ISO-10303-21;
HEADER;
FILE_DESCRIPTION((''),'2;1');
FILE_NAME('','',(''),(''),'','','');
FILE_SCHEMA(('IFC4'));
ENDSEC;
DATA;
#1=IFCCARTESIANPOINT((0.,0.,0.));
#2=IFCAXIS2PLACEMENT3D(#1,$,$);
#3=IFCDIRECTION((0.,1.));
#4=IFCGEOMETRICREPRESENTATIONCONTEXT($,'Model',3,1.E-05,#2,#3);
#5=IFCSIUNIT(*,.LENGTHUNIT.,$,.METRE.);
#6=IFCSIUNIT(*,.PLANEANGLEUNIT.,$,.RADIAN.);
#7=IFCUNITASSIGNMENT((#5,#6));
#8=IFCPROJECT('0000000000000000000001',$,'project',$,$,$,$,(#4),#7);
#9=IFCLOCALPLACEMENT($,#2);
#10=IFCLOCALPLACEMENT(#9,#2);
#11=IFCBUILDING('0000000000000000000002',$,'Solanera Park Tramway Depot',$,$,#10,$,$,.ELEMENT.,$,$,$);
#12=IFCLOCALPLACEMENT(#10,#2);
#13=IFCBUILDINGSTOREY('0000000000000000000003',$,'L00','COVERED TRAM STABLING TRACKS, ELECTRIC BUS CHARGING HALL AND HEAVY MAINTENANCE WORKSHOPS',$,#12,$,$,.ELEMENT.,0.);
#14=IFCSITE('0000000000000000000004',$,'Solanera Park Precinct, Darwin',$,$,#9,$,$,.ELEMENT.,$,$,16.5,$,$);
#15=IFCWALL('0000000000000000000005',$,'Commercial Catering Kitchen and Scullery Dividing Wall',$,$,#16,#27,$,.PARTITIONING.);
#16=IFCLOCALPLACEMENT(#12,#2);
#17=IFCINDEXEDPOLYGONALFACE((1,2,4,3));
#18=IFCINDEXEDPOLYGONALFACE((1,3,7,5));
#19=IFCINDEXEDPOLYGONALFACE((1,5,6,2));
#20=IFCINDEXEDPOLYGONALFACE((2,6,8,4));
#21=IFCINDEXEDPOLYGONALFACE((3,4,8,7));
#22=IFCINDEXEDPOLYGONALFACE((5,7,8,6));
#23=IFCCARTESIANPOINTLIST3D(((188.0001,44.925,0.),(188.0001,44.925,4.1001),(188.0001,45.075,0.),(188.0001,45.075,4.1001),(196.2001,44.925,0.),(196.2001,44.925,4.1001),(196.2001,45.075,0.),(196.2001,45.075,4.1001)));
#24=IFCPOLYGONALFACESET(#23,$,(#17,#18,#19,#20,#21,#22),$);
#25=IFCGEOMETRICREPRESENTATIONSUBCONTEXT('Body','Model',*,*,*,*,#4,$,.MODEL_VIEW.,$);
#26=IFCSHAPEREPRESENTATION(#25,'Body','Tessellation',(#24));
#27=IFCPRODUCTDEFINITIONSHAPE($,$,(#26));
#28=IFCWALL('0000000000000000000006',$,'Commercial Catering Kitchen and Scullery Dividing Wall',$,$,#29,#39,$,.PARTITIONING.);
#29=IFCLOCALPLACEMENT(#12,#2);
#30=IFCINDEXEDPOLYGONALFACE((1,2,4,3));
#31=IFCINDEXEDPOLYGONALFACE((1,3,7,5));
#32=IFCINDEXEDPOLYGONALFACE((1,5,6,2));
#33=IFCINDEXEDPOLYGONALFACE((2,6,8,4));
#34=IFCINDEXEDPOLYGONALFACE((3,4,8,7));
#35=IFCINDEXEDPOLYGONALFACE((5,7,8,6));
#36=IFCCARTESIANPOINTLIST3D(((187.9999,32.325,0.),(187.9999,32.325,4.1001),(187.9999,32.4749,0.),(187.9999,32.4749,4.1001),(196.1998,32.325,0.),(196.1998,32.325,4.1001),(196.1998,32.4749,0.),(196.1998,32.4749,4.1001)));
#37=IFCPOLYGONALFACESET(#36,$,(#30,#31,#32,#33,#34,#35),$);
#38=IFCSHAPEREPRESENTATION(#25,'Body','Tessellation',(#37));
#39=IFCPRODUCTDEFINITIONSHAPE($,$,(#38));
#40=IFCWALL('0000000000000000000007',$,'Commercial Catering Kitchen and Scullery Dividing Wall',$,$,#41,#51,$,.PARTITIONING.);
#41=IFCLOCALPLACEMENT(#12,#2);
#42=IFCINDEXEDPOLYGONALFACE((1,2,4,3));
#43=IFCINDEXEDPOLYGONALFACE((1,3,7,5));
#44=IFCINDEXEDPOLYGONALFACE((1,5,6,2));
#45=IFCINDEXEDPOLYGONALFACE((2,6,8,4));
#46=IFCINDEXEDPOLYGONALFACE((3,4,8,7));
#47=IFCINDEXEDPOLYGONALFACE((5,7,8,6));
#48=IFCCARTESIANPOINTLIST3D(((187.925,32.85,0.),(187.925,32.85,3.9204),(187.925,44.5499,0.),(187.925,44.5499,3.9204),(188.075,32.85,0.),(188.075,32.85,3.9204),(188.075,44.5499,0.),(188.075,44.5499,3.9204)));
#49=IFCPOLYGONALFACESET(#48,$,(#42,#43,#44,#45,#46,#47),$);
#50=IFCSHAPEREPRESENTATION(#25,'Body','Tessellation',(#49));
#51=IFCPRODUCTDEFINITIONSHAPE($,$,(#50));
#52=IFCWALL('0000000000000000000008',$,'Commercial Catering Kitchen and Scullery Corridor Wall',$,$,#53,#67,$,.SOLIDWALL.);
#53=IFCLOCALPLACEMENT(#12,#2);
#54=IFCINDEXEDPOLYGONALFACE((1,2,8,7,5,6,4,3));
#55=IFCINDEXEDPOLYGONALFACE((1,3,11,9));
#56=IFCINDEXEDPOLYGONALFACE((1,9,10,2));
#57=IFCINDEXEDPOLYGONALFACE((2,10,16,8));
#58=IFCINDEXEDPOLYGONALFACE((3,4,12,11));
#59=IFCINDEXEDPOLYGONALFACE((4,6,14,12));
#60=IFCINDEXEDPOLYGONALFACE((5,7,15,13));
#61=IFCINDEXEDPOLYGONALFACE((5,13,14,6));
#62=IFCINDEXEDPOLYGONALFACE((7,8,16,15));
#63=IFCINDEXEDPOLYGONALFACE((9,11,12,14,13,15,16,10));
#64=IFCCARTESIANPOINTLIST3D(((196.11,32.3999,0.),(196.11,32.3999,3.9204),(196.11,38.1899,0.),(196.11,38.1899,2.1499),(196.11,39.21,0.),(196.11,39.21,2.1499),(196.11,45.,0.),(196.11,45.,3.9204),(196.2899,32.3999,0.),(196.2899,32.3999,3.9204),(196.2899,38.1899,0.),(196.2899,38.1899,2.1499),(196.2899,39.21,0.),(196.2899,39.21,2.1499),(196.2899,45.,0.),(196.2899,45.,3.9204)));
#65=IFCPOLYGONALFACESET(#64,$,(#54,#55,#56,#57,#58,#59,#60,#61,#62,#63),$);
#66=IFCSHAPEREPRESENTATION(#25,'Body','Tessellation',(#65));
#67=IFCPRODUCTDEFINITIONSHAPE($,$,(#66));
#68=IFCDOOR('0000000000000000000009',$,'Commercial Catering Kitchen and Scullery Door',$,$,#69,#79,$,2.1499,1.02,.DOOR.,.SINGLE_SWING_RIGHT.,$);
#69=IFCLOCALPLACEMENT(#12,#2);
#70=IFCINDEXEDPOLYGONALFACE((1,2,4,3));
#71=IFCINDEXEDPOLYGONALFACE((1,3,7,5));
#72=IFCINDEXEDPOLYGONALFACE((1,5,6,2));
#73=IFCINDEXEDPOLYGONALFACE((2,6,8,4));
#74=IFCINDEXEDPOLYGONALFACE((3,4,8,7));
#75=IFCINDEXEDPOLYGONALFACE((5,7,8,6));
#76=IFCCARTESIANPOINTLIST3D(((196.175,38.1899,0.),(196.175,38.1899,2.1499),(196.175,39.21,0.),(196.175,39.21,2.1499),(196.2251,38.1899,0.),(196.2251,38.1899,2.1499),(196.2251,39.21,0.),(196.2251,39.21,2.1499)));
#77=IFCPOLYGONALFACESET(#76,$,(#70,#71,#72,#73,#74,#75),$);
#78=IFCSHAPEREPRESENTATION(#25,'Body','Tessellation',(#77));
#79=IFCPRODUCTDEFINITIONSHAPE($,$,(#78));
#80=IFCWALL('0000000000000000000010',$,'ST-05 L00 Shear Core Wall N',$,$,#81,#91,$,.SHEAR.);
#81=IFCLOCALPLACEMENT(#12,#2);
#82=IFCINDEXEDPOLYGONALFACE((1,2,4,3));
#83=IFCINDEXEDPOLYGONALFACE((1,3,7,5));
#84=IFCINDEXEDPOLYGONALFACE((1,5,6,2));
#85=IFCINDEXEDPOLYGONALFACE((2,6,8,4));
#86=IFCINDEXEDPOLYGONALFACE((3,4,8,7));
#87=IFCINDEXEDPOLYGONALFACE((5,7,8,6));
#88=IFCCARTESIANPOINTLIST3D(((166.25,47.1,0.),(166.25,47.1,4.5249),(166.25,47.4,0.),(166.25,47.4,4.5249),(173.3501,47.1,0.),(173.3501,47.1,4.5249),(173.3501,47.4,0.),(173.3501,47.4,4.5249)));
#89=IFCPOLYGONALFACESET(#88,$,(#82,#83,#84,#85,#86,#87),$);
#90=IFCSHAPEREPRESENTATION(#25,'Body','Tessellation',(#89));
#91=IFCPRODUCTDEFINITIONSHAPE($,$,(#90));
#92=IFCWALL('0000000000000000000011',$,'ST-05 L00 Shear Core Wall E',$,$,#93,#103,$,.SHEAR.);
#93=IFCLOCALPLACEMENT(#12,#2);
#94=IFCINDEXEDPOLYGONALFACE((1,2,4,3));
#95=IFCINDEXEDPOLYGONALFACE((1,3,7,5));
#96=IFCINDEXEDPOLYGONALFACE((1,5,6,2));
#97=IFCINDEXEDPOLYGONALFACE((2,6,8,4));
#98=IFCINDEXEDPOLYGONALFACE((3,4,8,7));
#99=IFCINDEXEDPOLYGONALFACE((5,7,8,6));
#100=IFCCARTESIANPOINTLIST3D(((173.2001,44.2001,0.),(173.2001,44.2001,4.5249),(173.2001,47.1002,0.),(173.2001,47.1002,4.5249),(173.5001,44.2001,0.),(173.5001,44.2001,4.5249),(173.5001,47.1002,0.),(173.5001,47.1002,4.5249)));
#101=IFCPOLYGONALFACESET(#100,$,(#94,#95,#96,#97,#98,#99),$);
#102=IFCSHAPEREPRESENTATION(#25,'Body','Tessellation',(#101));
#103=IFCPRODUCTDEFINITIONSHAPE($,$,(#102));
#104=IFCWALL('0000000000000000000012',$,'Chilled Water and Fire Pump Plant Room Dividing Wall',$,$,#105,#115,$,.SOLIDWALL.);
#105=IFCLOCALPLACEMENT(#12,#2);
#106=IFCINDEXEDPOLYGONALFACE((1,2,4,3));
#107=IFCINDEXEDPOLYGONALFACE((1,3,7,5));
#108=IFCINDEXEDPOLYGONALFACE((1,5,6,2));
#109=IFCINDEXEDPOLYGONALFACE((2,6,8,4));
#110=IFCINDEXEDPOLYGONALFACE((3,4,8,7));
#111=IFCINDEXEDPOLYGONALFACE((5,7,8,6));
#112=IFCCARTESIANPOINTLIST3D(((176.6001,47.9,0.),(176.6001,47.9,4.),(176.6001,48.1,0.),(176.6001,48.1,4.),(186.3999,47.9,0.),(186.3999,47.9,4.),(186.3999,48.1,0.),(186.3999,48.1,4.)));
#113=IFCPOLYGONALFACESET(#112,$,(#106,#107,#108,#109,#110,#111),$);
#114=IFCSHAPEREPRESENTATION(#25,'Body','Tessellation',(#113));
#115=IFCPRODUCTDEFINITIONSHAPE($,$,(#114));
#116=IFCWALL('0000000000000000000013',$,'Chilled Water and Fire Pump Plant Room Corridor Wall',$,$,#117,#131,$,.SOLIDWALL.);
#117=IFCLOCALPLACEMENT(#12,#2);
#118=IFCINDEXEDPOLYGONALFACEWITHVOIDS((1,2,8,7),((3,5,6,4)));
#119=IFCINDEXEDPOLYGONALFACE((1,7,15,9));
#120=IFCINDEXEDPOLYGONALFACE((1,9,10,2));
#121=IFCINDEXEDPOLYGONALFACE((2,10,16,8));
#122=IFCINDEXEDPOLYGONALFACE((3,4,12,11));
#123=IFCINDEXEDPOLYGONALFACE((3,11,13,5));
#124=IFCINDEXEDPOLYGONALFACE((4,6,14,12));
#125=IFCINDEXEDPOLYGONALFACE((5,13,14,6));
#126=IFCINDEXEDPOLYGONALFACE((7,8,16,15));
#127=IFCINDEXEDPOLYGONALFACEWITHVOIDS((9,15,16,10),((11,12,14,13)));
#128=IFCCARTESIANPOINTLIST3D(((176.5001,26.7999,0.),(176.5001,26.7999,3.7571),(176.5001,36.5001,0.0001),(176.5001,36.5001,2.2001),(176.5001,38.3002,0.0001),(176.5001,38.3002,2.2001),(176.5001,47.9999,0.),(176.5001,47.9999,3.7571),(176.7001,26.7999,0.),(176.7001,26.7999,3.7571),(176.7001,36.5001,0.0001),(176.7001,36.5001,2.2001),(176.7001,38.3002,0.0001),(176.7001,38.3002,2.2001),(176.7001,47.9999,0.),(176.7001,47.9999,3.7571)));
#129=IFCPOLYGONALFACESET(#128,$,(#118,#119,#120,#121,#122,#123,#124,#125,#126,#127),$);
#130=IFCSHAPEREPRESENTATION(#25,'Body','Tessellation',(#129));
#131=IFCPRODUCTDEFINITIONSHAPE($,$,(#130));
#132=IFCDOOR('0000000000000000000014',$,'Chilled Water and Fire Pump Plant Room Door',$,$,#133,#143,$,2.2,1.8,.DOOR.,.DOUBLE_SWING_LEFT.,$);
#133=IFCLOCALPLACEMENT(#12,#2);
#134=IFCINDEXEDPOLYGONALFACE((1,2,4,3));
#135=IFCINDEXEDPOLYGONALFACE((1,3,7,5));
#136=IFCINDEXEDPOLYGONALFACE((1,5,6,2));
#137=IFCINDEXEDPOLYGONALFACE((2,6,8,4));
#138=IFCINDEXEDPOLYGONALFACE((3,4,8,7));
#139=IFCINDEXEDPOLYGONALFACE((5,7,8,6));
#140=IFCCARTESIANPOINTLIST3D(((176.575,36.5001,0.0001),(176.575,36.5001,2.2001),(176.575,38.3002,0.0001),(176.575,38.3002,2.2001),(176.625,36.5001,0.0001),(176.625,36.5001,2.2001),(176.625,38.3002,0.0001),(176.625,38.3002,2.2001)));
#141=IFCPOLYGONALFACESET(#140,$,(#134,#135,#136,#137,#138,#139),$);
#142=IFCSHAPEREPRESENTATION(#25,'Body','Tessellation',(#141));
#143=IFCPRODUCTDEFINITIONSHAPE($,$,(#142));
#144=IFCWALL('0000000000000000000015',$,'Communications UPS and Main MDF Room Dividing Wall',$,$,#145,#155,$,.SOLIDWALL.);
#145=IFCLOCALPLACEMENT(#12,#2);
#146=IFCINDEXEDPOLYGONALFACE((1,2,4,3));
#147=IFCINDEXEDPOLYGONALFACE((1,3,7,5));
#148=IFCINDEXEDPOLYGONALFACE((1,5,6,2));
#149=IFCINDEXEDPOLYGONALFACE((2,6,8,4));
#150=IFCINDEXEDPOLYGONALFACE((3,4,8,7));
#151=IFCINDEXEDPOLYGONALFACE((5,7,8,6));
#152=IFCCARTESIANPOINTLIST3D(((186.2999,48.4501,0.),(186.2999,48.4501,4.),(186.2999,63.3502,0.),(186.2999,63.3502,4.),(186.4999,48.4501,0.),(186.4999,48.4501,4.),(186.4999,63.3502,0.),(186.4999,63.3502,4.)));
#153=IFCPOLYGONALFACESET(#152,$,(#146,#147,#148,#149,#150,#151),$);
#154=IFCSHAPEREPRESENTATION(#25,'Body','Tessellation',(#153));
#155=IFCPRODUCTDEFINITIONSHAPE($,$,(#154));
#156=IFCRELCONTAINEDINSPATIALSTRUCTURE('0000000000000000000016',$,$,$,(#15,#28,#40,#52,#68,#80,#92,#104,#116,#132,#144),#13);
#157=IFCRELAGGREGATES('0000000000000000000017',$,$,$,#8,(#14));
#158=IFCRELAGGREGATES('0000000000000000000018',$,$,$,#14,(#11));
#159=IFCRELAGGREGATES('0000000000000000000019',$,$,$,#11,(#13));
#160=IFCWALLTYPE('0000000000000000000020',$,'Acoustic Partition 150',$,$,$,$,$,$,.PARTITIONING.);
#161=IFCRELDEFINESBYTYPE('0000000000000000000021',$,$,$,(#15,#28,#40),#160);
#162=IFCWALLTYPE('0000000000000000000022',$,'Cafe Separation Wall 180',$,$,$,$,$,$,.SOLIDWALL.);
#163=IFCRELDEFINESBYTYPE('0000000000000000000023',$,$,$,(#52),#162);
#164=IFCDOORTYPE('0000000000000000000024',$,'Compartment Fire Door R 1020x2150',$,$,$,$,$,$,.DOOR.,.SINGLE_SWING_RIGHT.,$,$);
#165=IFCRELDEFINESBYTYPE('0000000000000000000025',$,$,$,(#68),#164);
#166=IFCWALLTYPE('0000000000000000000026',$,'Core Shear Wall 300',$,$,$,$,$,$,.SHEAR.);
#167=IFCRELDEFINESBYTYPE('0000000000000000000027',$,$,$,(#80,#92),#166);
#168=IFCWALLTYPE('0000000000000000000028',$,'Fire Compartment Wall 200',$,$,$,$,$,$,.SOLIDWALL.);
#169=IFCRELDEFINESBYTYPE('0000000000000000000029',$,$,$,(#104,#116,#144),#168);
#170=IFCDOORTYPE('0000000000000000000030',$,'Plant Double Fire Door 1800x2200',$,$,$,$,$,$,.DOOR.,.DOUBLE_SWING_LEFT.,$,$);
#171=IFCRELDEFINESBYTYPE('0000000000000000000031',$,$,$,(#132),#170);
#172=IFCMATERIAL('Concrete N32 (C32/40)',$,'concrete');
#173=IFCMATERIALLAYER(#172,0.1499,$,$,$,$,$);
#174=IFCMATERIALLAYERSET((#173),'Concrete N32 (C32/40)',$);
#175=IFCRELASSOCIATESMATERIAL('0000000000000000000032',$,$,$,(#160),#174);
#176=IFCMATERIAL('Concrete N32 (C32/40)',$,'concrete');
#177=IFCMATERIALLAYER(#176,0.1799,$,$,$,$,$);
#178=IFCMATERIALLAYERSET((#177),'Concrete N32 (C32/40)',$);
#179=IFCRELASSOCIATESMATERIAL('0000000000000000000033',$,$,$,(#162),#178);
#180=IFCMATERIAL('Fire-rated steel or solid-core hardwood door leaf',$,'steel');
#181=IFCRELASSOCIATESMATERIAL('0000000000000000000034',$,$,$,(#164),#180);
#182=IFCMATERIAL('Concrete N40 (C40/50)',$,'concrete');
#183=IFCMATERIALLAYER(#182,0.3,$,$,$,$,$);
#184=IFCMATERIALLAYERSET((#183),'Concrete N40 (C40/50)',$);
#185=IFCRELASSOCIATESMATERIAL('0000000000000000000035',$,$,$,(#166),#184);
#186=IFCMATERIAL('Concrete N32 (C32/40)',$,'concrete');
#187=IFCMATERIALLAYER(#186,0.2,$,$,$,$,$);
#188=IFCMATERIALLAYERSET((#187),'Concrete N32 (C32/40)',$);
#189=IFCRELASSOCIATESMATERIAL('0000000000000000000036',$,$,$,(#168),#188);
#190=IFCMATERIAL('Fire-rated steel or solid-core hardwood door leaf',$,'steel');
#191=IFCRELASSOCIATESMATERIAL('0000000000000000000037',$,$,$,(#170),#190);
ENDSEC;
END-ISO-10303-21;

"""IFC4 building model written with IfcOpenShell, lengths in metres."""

from ifc_helpers import new_model, si_unit, direction, frame, frame_2d, origin, place, context, subcontext, project, spatial, rectangle, extrude, material, layer, layer_set, type_object, element, fill, save


model = new_model("IFC4")

# Units and contexts
model_context = context("Model", 3, precision=1e-05, world=origin(), true_north=direction((0.0, 1.0)))
body_context = subcontext(model_context, "Body", "Model", "MODEL_VIEW")
ifc_project = project(units=[si_unit("LENGTHUNIT", "METRE"), si_unit("PLANEANGLEUNIT", "RADIAN")], contexts=[model_context])

# Site, building, storey
site_placement = place(None, origin())
site = spatial("IfcSite", under=ifc_project, at=site_placement, Name="Solanera Park Precinct, Darwin", CompositionType="ELEMENT", RefElevation=16.5)
building_placement = place(site_placement, origin())
building = spatial("IfcBuilding", under=site, at=building_placement, Name="Solanera Park Tramway Depot", CompositionType="ELEMENT")
storey_placement = place(building_placement, origin())
storey = spatial("IfcBuildingStorey", under=building, at=storey_placement, Name="L00", Description="COVERED TRAM STABLING TRACKS, ELECTRIC BUS CHARGING HALL AND HEAVY MAINTENANCE WORKSHOPS", CompositionType="ELEMENT", Elevation=0.0)

# Walls
ifc_material_1 = material(Name="Concrete N32 (C32/40)", Category="concrete")
ifc_layer_1 = layer(ifc_material_1, 0.1499)
ifc_layer_set_1 = layer_set([ifc_layer_1], Name="Concrete N32 (C32/40)")
wall_type_1 = type_object("IfcWallType", Name="Acoustic Partition 150", PredefinedType="PARTITIONING", material=ifc_layer_set_1)
for number, where, z_axis, x_axis, name in (
    (1, (188.0, 45.0, 0.0), (0.0, 0.0, 1.0), (1.0, 0.0, 0.0), "Commercial Catering Kitchen and Scullery Dividing Wall"),
    (2, (196.2, 32.3999, 0.0), (0.0, 0.0, 1.0), (-1.0, 0.0, 0.0), "Commercial Catering Kitchen and Scullery Dividing Wall"),
):
    element("IfcWall", number, at=place(storey_placement, frame(where, z_axis=z_axis, x_axis=x_axis)), inside=storey, type_object=wall_type_1, Name=name, PredefinedType="PARTITIONING", context=body_context, shape_type="SweptSolid", body=[
        extrude(rectangle(XDim=8.2, YDim=0.1499, at=frame_2d((4.1001, 0.0))), origin(), (0.0, 0.0, 1.0), 4.1001),
    ])
wall_1_placement = place(storey_placement, frame((188.0, 44.55, 0.0), z_axis=(0.0, 0.0, 1.0), x_axis=(0.0, -1.0, 0.0)))
element("IfcWall", 3, at=wall_1_placement, inside=storey, type_object=wall_type_1, Name="Commercial Catering Kitchen and Scullery Dividing Wall", PredefinedType="PARTITIONING", context=body_context, shape_type="SweptSolid", body=[
    extrude(rectangle(XDim=11.7, YDim=0.1499, at=frame_2d((5.8501, 0.0))), origin(), (0.0, 0.0, 1.0), 3.9204),
])

# Wall, opening, door
ifc_material_2 = material(Name="Concrete N32 (C32/40)", Category="concrete")
ifc_layer_2 = layer(ifc_material_2, 0.1799)
ifc_layer_set_2 = layer_set([ifc_layer_2], Name="Concrete N32 (C32/40)")
wall_type_2 = type_object("IfcWallType", Name="Cafe Separation Wall 180", PredefinedType="SOLIDWALL", material=ifc_layer_set_2)
wall_2_placement = place(storey_placement, frame((196.2, 32.3999, 0.0), z_axis=(0.0, 0.0, 1.0), x_axis=(0.0, 1.0, 0.0)))
wall_2 = element("IfcWall", 4, at=wall_2_placement, inside=storey, type_object=wall_type_2, Name="Commercial Catering Kitchen and Scullery Corridor Wall", PredefinedType="SOLIDWALL", context=body_context, shape_type="SweptSolid", body=[
    extrude(rectangle(XDim=12.6001, YDim=0.1799, at=frame_2d((6.3, 0.0))), origin(), (0.0, 0.0, 1.0), 3.9204),
])
opening_1_placement = place(wall_2_placement, frame((5.79, 0.0, 0.0)))
opening_1 = element("IfcOpeningElement", 5, at=opening_1_placement, cuts=wall_2, PredefinedType="OPENING", context=body_context, shape_type="SweptSolid", body=[
    extrude(rectangle(XDim=1.02, YDim=2.1499, at=frame_2d((0.51, 1.075))), frame((0.0, 0.1001, 0.0), z_axis=(0.0, -1.0, 0.0), x_axis=(1.0, 0.0, 0.0)), (0.0, 0.0, 1.0), 0.2),
])
ifc_material_3 = material(Name="Fire-rated steel or solid-core hardwood door leaf", Category="steel")
door_type_1 = type_object("IfcDoorType", Name="Compartment Fire Door R 1020x2150", OperationType="SINGLE_SWING_RIGHT", PredefinedType="DOOR", material=ifc_material_3)
door_1_placement = place(opening_1_placement, origin())
door_1 = element("IfcDoor", 6, at=door_1_placement, inside=storey, type_object=door_type_1, Name="Commercial Catering Kitchen and Scullery Door", OperationType="SINGLE_SWING_RIGHT", OverallHeight=2.1499, OverallWidth=1.02, PredefinedType="DOOR", context=body_context, shape_type="SweptSolid", body=[
    extrude(rectangle(XDim=1.02, YDim=2.1499, at=frame_2d((0.51, 1.075))), frame((0.0, 0.0249, 0.0), z_axis=(0.0, -1.0, 0.0), x_axis=(1.0, 0.0, 0.0)), (0.0, 0.0, 1.0), 0.05),
])
fill(opening_1, door_1)

# Walls
ifc_material_4 = material(Name="Concrete N40 (C40/50)", Category="concrete")
ifc_layer_3 = layer(ifc_material_4, 0.3)
ifc_layer_set_3 = layer_set([ifc_layer_3], Name="Concrete N40 (C40/50)")
wall_type_3 = type_object("IfcWallType", Name="Core Shear Wall 300", PredefinedType="SHEAR", material=ifc_layer_set_3)
wall_3_placement = place(storey_placement, frame((173.3501, 47.25, 0.0), z_axis=(0.0, 0.0, 1.0), x_axis=(-1.0, 0.0, 0.0)))
element("IfcWall", 7, at=wall_3_placement, inside=storey, type_object=wall_type_3, Name="ST-05 L00 Shear Core Wall N", PredefinedType="SHEAR", context=body_context, shape_type="SweptSolid", body=[
    extrude(rectangle(XDim=7.1001, YDim=0.3, at=frame_2d((3.55, 0.0))), origin(), (0.0, 0.0, 1.0), 4.5249),
])
wall_4_placement = place(storey_placement, frame((173.3501, 44.2, 0.0), z_axis=(0.0, 0.0, 1.0), x_axis=(0.0, 1.0, 0.0)))
element("IfcWall", 8, at=wall_4_placement, inside=storey, type_object=wall_type_3, Name="ST-05 L00 Shear Core Wall E", PredefinedType="SHEAR", context=body_context, shape_type="SweptSolid", body=[
    extrude(rectangle(XDim=2.9001, YDim=0.3, at=frame_2d((1.4502, 0.0))), origin(), (0.0, 0.0, 1.0), 4.5249),
])
ifc_material_5 = material(Name="Concrete N32 (C32/40)", Category="concrete")
ifc_layer_4 = layer(ifc_material_5, 0.2)
ifc_layer_set_4 = layer_set([ifc_layer_4], Name="Concrete N32 (C32/40)")
wall_type_4 = type_object("IfcWallType", Name="Fire Compartment Wall 200", PredefinedType="SOLIDWALL", material=ifc_layer_set_4)
wall_5_placement = place(storey_placement, frame((176.6001, 48.0, 0.0), z_axis=(0.0, 0.0, 1.0), x_axis=(1.0, 0.0, 0.0)))
element("IfcWall", 9, at=wall_5_placement, inside=storey, type_object=wall_type_4, Name="Chilled Water and Fire Pump Plant Room Dividing Wall", PredefinedType="SOLIDWALL", context=body_context, shape_type="SweptSolid", body=[
    extrude(rectangle(XDim=9.7998, YDim=0.2, at=frame_2d((4.8999, 0.0))), origin(), (0.0, 0.0, 1.0), 4.0),
])

# Wall, opening, door
wall_6_placement = place(storey_placement, frame((176.6001, 48.0, 0.0), z_axis=(0.0, 0.0, 1.0), x_axis=(0.0, -1.0, 0.0)))
wall_6 = element("IfcWall", 10, at=wall_6_placement, inside=storey, type_object=wall_type_4, Name="Chilled Water and Fire Pump Plant Room Corridor Wall", PredefinedType="SOLIDWALL", context=body_context, shape_type="SweptSolid", body=[
    extrude(rectangle(XDim=21.2, YDim=0.2, at=frame_2d((10.6001, 0.0))), origin(), (0.0, 0.0, 1.0), 3.7571),
])
opening_2_placement = place(wall_6_placement, frame((9.7, 0.0, 0.0)))
opening_2 = element("IfcOpeningElement", 11, at=opening_2_placement, cuts=wall_6, PredefinedType="OPENING", context=body_context, shape_type="SweptSolid", body=[
    extrude(rectangle(XDim=1.8, YDim=2.2, at=frame_2d((0.8999, 1.1001))), frame((0.0, 0.1099, 0.0), z_axis=(0.0, -1.0, 0.0), x_axis=(1.0, 0.0, 0.0)), (0.0, 0.0, 1.0), 0.22),
])
ifc_material_6 = material(Name="Fire-rated steel or solid-core hardwood door leaf", Category="steel")
door_type_2 = type_object("IfcDoorType", Name="Plant Double Fire Door 1800x2200", OperationType="DOUBLE_SWING_LEFT", PredefinedType="DOOR", material=ifc_material_6)
door_2_placement = place(opening_2_placement, origin())
door_2 = element("IfcDoor", 12, at=door_2_placement, inside=storey, type_object=door_type_2, Name="Chilled Water and Fire Pump Plant Room Door", OperationType="DOUBLE_SWING_LEFT", OverallHeight=2.2, OverallWidth=1.8, PredefinedType="DOOR", context=body_context, shape_type="SweptSolid", body=[
    extrude(rectangle(XDim=1.8, YDim=2.2, at=frame_2d((0.8999, 1.1001))), frame((0.0, 0.0249, 0.0), z_axis=(0.0, -1.0, 0.0), x_axis=(1.0, 0.0, 0.0)), (0.0, 0.0, 1.0), 0.05),
])
fill(opening_2, door_2)

# Wall
wall_7_placement = place(storey_placement, frame((186.3999, 48.45, 0.0), z_axis=(0.0, 0.0, 1.0), x_axis=(0.0, 1.0, 0.0)))
element("IfcWall", 13, at=wall_7_placement, inside=storey, type_object=wall_type_4, Name="Communications UPS and Main MDF Room Dividing Wall", PredefinedType="SOLIDWALL", context=body_context, shape_type="SweptSolid", body=[
    extrude(rectangle(XDim=14.9001, YDim=0.2, at=frame_2d((7.4502, 0.0))), origin(), (0.0, 0.0, 1.0), 4.0),
])

save(model, "model.ifc")
